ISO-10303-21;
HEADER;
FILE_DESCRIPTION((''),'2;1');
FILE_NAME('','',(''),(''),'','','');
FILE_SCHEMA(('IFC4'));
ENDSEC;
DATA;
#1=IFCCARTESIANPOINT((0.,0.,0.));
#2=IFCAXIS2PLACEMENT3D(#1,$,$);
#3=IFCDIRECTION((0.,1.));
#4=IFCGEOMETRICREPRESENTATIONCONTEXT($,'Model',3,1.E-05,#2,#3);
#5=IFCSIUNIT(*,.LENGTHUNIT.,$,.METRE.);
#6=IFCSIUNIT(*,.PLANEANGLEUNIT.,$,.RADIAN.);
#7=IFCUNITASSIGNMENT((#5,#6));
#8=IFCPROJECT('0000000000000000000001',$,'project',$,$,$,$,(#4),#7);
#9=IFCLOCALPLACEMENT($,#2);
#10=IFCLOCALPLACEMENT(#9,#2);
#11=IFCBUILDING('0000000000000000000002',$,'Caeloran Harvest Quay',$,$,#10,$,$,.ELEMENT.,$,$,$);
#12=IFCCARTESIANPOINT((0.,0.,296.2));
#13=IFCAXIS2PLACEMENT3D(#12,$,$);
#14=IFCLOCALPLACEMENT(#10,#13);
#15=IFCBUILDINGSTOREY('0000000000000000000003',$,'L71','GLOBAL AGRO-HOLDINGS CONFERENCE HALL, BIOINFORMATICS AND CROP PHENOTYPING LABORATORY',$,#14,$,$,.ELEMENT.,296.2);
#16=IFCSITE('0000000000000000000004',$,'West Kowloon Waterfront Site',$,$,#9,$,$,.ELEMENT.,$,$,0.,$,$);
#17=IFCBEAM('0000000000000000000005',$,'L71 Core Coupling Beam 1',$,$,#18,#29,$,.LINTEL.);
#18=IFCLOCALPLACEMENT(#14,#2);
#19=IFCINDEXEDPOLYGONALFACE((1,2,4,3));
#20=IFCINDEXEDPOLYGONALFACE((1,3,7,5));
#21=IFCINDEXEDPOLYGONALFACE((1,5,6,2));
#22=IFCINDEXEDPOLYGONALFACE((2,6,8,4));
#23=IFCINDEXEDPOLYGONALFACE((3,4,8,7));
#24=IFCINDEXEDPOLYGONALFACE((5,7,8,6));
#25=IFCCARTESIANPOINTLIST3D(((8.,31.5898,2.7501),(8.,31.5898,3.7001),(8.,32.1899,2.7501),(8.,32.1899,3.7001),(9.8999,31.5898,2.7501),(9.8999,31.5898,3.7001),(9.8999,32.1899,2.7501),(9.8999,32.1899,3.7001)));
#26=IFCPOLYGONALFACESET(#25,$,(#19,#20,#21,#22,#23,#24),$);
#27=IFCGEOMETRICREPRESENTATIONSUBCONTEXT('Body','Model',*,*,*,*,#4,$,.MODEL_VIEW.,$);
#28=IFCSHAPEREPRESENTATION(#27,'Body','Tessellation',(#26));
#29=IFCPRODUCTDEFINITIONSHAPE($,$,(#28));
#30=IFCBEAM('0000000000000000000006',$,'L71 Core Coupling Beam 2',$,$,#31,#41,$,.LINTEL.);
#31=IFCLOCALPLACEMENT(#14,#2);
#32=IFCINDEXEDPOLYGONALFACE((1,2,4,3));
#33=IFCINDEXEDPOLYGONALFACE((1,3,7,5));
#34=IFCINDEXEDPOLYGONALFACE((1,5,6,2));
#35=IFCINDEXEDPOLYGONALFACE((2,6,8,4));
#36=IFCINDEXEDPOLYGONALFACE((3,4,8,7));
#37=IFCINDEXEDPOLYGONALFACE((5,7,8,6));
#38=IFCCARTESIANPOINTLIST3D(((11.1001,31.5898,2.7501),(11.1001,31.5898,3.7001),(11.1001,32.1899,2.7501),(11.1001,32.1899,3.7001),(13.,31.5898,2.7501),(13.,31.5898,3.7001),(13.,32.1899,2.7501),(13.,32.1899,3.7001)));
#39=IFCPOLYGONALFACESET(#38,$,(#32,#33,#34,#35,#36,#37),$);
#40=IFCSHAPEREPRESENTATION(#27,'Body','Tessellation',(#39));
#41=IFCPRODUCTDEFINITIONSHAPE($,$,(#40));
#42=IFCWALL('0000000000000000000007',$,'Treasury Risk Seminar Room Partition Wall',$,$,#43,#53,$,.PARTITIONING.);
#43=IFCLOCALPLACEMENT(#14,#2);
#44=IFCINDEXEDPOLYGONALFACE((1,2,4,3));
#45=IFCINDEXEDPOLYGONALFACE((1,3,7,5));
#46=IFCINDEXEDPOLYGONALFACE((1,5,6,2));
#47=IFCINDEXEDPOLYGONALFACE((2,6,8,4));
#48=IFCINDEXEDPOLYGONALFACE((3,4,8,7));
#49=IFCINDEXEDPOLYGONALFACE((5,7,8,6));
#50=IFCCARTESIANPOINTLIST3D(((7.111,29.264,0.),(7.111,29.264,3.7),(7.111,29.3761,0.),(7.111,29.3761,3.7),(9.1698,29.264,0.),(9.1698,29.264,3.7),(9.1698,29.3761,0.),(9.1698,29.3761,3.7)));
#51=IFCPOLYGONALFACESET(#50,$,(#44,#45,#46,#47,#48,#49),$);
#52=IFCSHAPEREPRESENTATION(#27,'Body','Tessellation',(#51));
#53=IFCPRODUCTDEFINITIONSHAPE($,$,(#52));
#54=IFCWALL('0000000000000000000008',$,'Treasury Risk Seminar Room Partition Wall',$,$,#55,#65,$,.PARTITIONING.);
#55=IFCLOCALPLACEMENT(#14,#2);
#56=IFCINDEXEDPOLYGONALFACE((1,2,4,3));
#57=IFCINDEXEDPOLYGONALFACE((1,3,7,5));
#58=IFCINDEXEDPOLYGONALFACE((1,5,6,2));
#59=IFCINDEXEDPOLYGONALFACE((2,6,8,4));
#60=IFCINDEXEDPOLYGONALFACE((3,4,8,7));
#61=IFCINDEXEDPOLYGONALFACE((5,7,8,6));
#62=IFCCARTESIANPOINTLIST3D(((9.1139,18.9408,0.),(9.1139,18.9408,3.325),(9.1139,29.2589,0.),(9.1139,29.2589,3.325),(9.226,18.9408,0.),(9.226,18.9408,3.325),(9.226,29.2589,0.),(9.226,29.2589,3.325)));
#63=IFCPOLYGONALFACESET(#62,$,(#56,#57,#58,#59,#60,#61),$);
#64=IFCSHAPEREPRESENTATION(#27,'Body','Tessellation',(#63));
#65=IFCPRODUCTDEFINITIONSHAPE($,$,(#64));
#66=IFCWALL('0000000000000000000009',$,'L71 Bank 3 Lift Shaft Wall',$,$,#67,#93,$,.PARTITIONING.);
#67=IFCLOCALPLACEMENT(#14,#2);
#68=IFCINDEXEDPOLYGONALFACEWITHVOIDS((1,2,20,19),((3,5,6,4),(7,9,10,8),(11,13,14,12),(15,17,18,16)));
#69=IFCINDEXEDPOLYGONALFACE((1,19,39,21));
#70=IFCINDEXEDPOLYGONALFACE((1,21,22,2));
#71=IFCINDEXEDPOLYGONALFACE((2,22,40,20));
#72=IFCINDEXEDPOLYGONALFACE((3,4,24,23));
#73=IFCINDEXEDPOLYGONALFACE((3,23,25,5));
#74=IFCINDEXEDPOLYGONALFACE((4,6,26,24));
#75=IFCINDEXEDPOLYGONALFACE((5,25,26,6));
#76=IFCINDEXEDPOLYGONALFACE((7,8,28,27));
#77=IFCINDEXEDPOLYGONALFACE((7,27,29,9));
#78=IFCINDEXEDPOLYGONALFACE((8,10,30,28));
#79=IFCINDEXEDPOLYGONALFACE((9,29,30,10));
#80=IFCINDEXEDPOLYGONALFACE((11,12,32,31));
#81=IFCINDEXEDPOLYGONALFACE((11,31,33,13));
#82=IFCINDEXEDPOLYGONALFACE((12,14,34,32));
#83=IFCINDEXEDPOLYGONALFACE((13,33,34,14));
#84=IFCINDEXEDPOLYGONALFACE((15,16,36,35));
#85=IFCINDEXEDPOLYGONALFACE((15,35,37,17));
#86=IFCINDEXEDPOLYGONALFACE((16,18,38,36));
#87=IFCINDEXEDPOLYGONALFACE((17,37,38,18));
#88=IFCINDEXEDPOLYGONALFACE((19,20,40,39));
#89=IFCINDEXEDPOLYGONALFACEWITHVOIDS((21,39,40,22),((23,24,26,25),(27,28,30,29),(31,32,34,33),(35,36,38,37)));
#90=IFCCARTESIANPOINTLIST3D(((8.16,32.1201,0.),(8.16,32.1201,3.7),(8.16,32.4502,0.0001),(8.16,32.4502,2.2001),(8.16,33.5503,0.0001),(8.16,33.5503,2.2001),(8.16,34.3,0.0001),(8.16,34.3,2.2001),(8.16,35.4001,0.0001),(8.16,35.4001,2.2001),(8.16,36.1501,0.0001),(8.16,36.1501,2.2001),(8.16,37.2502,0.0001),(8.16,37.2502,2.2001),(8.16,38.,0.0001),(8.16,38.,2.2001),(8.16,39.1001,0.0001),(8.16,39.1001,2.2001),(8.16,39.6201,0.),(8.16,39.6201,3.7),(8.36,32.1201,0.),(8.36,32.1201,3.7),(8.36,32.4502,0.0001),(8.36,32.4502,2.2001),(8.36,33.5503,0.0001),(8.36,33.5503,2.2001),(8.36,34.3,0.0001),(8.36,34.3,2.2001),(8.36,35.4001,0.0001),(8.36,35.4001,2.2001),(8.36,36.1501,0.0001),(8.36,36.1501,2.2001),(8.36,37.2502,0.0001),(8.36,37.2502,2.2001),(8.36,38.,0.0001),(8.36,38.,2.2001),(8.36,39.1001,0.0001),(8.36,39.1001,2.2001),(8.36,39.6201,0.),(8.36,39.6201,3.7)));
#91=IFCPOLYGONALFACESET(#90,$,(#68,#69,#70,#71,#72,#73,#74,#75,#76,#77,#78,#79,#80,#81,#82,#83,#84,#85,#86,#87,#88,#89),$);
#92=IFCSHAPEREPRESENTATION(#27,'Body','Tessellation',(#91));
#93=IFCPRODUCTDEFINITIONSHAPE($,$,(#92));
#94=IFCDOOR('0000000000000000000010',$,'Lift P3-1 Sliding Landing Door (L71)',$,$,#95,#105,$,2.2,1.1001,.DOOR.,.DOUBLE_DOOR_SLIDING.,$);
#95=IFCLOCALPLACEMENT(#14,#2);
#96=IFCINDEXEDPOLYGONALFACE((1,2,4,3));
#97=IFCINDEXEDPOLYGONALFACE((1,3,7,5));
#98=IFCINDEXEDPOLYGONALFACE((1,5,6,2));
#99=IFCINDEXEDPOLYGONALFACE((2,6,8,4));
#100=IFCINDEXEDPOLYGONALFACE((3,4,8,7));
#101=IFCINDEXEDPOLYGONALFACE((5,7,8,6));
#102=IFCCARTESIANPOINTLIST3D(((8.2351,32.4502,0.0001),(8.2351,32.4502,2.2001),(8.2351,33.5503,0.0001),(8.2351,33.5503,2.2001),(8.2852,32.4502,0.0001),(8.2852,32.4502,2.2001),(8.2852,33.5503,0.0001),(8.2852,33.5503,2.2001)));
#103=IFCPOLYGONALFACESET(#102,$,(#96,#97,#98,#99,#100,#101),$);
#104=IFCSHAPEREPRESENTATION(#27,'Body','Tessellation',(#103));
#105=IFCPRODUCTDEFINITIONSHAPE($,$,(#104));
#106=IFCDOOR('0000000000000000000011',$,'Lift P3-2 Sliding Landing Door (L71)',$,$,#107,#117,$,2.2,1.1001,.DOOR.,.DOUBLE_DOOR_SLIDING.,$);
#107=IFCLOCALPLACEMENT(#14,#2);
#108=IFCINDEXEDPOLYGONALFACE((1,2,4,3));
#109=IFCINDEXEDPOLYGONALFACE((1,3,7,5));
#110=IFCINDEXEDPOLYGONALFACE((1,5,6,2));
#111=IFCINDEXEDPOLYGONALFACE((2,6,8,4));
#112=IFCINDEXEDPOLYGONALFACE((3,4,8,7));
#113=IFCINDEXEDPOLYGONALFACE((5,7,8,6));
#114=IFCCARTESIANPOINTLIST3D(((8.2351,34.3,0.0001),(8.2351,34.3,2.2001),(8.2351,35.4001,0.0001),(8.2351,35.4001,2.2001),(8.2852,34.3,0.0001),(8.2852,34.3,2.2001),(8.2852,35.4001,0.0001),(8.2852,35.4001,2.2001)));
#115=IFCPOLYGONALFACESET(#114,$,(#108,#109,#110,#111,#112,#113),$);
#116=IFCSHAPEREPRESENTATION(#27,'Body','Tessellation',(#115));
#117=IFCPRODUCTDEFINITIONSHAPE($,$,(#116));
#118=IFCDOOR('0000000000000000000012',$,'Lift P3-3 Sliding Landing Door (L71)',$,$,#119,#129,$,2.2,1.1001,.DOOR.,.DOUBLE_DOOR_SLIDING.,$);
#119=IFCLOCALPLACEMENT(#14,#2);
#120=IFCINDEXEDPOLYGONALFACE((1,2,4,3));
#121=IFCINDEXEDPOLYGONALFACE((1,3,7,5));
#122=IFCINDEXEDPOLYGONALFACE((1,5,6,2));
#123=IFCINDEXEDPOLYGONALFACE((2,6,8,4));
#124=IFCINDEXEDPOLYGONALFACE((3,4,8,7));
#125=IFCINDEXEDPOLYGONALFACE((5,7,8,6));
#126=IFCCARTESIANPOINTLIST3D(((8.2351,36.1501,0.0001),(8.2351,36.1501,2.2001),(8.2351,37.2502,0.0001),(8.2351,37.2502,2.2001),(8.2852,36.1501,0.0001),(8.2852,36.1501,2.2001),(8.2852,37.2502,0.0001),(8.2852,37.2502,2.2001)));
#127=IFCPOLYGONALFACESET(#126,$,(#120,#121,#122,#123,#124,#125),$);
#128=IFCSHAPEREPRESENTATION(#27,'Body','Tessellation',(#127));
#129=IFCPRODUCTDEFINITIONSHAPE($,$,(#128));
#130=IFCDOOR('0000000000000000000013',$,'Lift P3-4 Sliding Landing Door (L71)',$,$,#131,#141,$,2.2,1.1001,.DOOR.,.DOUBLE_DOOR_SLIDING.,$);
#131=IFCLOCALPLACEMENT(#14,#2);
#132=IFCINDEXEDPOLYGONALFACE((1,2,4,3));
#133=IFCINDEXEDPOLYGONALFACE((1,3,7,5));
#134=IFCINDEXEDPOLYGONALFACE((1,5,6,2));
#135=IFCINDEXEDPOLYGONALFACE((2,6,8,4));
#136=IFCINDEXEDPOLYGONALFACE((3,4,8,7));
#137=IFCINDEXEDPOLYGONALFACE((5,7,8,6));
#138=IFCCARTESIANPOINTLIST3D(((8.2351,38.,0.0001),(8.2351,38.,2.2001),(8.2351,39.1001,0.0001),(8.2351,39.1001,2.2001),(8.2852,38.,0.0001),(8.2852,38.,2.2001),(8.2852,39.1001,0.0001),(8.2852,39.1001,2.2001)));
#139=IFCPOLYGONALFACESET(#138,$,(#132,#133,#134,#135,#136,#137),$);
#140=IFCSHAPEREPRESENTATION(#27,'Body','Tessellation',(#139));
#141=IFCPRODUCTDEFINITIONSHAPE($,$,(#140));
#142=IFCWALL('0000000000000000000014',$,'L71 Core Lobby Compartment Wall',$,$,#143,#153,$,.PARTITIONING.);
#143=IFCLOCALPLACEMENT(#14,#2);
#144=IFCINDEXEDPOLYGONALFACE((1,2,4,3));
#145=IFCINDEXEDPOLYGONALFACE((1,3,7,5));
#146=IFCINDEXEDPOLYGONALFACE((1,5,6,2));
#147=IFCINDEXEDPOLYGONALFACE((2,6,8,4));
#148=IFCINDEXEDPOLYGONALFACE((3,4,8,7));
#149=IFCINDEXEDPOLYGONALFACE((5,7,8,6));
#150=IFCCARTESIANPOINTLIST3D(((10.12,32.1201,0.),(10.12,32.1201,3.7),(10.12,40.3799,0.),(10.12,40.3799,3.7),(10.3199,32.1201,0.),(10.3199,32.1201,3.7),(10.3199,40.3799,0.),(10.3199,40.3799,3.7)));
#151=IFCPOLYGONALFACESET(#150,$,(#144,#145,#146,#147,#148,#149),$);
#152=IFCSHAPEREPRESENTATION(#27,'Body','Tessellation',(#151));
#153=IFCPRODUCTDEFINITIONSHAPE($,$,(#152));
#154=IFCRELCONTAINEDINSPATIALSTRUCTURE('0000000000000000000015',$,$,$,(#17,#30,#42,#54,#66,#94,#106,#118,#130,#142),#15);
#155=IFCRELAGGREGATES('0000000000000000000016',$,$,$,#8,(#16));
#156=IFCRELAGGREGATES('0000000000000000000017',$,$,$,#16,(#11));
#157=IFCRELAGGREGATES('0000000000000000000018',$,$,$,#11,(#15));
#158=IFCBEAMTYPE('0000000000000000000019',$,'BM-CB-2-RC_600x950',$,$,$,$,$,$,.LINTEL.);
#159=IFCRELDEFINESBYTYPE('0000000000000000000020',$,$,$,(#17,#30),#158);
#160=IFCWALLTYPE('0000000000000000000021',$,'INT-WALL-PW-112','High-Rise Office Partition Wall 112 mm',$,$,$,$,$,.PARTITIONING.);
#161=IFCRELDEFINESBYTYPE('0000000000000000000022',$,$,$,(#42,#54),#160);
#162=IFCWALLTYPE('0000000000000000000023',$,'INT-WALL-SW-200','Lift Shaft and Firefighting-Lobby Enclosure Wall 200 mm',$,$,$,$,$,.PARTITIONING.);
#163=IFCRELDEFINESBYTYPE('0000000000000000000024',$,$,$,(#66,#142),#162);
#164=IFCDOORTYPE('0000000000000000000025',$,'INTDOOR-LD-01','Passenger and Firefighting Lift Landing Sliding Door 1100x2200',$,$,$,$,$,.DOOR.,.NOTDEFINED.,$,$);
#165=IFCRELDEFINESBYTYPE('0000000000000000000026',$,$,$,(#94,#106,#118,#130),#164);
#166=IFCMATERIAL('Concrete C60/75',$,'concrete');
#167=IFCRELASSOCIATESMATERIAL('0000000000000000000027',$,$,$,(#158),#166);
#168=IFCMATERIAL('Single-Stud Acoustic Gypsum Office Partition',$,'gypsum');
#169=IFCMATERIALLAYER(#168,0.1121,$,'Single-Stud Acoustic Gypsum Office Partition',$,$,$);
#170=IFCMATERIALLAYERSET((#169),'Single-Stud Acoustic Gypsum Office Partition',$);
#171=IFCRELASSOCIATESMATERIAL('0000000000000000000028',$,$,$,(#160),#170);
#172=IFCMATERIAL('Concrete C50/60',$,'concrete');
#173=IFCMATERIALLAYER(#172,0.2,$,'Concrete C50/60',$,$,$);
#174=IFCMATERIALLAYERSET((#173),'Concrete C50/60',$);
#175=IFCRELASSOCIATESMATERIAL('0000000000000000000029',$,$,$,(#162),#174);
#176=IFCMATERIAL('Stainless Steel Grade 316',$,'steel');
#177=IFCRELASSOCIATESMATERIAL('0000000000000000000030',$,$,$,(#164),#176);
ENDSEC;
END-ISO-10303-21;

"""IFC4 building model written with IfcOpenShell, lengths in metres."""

from ifc_helpers import new_model, si_unit, direction, frame, frame_2d, origin, origin_2d, place, context, subcontext, project, spatial, rectangle, extrude, material, layer, layer_set, material_profile, profile_set, type_object, element, fill, save


model = new_model("IFC4")

# Units and contexts
model_context = context("Model", 3, precision=1e-05, world=origin(), true_north=direction((0.0, 1.0)))
body_context = subcontext(model_context, "Body", "Model", "MODEL_VIEW")
ifc_project = project(units=[si_unit("LENGTHUNIT", "METRE"), si_unit("PLANEANGLEUNIT", "RADIAN")], contexts=[model_context])

# Site, building, storey
site_placement = place(None, origin())
site = spatial("IfcSite", under=ifc_project, at=site_placement, Name="West Kowloon Waterfront Site", CompositionType="ELEMENT", RefElevation=0.0)
building_placement = place(site_placement, origin())
building = spatial("IfcBuilding", under=site, at=building_placement, Name="Caeloran Harvest Quay", CompositionType="ELEMENT")
storey_placement = place(building_placement, frame((0.0, 0.0, 296.2)))
storey = spatial("IfcBuildingStorey", under=building, at=storey_placement, Name="L71", Description="GLOBAL AGRO-HOLDINGS CONFERENCE HALL, BIOINFORMATICS AND CROP PHENOTYPING LABORATORY", CompositionType="ELEMENT", Elevation=296.2)

# Beams
ifc_material_1 = material(Name="Concrete C60/75", Category="concrete")
ifc_material_profile = material_profile(ifc_material_1, rectangle(XDim=0.6001, YDim=0.95, at=origin_2d()), Name="RC 600x950")
ifc_profile_set = profile_set([ifc_material_profile], Name="Concrete C60/75")
beam_type = type_object("IfcBeamType", Name="BM-CB-2-RC_600x950", PredefinedType="LINTEL", material=ifc_profile_set)
for number, where, z_axis, x_axis, name in (
    (1, (8.0, 31.8899, 3.2251), (1.0, 0.0, 0.0), (0.0, 1.0, 0.0), "L71 Core Coupling Beam 1"),
    (2, (11.1001, 31.8899, 3.2251), (1.0, 0.0, 0.0), (0.0, 1.0, 0.0), "L71 Core Coupling Beam 2"),
):
    element("IfcBeam", number, at=place(storey_placement, frame(where, z_axis=z_axis, x_axis=x_axis)), inside=storey, type_object=beam_type, Name=name, PredefinedType="LINTEL", context=body_context, shape_type="SweptSolid", body=[
        extrude(rectangle(XDim=0.6001, YDim=0.95, at=origin_2d()), origin(), (0.0, 0.0, 1.0), 1.8999),
    ])

# Walls
ifc_material_2 = material(Name="Single-Stud Acoustic Gypsum Office Partition", Category="gypsum")
ifc_layer_1 = layer(ifc_material_2, 0.1121, Name="Single-Stud Acoustic Gypsum Office Partition")
ifc_layer_set_1 = layer_set([ifc_layer_1], Name="Single-Stud Acoustic Gypsum Office Partition")
wall_type_1 = type_object("IfcWallType", Name="INT-WALL-PW-112", Description="High-Rise Office Partition Wall 112 mm", PredefinedType="PARTITIONING", material=ifc_layer_set_1)
wall_1_placement = place(storey_placement, frame((7.1111, 29.3201, 0.0), z_axis=(0.0, 0.0, 1.0), x_axis=(1.0, 0.0, 0.0)))
element("IfcWall", 3, at=wall_1_placement, inside=storey, type_object=wall_type_1, Name="Treasury Risk Seminar Room Partition Wall", PredefinedType="PARTITIONING", context=body_context, shape_type="SweptSolid", body=[
    extrude(rectangle(XDim=2.0588, YDim=0.1121, at=frame_2d((1.0293, 0.0))), origin(), (0.0, 0.0, 1.0), 3.7),
])
wall_2_placement = place(storey_placement, frame((9.1699, 29.259, 0.0), z_axis=(0.0, 0.0, 1.0), x_axis=(0.0, -1.0, 0.0)))
element("IfcWall", 4, at=wall_2_placement, inside=storey, type_object=wall_type_1, Name="Treasury Risk Seminar Room Partition Wall", PredefinedType="PARTITIONING", context=body_context, shape_type="SweptSolid", body=[
    extrude(rectangle(XDim=10.3181, YDim=0.1121, at=frame_2d((5.1592, 0.0))), origin(), (0.0, 0.0, 1.0), 3.325),
])

# Wall, openings, doors
ifc_material_3 = material(Name="Concrete C50/60", Category="concrete")
ifc_layer_2 = layer(ifc_material_3, 0.2, Name="Concrete C50/60")
ifc_layer_set_2 = layer_set([ifc_layer_2], Name="Concrete C50/60")
wall_type_2 = type_object("IfcWallType", Name="INT-WALL-SW-200", Description="Lift Shaft and Firefighting-Lobby Enclosure Wall 200 mm", PredefinedType="PARTITIONING", material=ifc_layer_set_2)
wall_3_placement = place(storey_placement, frame((8.26, 32.1201, 0.0), z_axis=(0.0, 0.0, 1.0), x_axis=(0.0, 1.0, 0.0)))
wall_3 = element("IfcWall", 5, at=wall_3_placement, inside=storey, type_object=wall_type_2, Name="L71 Bank 3 Lift Shaft Wall", PredefinedType="PARTITIONING", context=body_context, shape_type="SweptSolid", body=[
    extrude(rectangle(XDim=7.5, YDim=0.2, at=frame_2d((3.75, 0.0))), origin(), (0.0, 0.0, 1.0), 3.7),
])
opening_1_placement = place(wall_3_placement, frame((0.3301, 0.0, 0.0)))
opening_1 = element("IfcOpeningElement", 6, at=opening_1_placement, cuts=wall_3, PredefinedType="OPENING", context=body_context, shape_type="SweptSolid", body=[
    extrude(rectangle(XDim=1.1001, YDim=2.2, at=frame_2d((0.55, 1.1001))), frame((0.0, 0.1099, 0.0), z_axis=(0.0, -1.0, 0.0), x_axis=(1.0, 0.0, 0.0)), (0.0, 0.0, 1.0), 0.22),
])
opening_2_placement = place(wall_3_placement, frame((2.1799, 0.0, 0.0)))
opening_2 = element("IfcOpeningElement", 7, at=opening_2_placement, cuts=wall_3, PredefinedType="OPENING", context=body_context, shape_type="SweptSolid", body=[
    extrude(rectangle(XDim=1.1001, YDim=2.2, at=frame_2d((0.55, 1.1001))), frame((0.0, 0.1099, 0.0), z_axis=(0.0, -1.0, 0.0), x_axis=(1.0, 0.0, 0.0)), (0.0, 0.0, 1.0), 0.22),
])
opening_3_placement = place(wall_3_placement, frame((4.03, 0.0, 0.0)))
opening_3 = element("IfcOpeningElement", 8, at=opening_3_placement, cuts=wall_3, PredefinedType="OPENING", context=body_context, shape_type="SweptSolid", body=[
    extrude(rectangle(XDim=1.1001, YDim=2.2, at=frame_2d((0.55, 1.1001))), frame((0.0, 0.1099, 0.0), z_axis=(0.0, -1.0, 0.0), x_axis=(1.0, 0.0, 0.0)), (0.0, 0.0, 1.0), 0.22),
])
opening_4_placement = place(wall_3_placement, frame((5.8799, 0.0, 0.0)))
opening_4 = element("IfcOpeningElement", 9, at=opening_4_placement, cuts=wall_3, PredefinedType="OPENING", context=body_context, shape_type="SweptSolid", body=[
    extrude(rectangle(XDim=1.1001, YDim=2.2, at=frame_2d((0.55, 1.1001))), frame((0.0, 0.1099, 0.0), z_axis=(0.0, -1.0, 0.0), x_axis=(1.0, 0.0, 0.0)), (0.0, 0.0, 1.0), 0.22),
])
ifc_material_4 = material(Name="Stainless Steel Grade 316", Category="steel")
door_type_1 = type_object("IfcDoorType", Name="INTDOOR-LD-01", Description="Passenger and Firefighting Lift Landing Sliding Door 1100x2200", OperationType="NOTDEFINED", PredefinedType="DOOR", material=ifc_material_4)
door_1_placement = place(opening_1_placement, origin())
door_1 = element("IfcDoor", 10, at=door_1_placement, inside=storey, type_object=door_type_1, Name="Lift P3-1 Sliding Landing Door (L71)", OperationType="DOUBLE_DOOR_SLIDING", OverallHeight=2.2, OverallWidth=1.1001, PredefinedType="DOOR", context=body_context, shape_type="SweptSolid", body=[
    extrude(rectangle(XDim=1.1001, YDim=2.2, at=frame_2d((0.55, 1.1001))), frame((0.0, 0.0249, 0.0), z_axis=(0.0, -1.0, 0.0), x_axis=(1.0, 0.0, 0.0)), (0.0, 0.0, 1.0), 0.05),
])
fill(opening_1, door_1)
door_2_placement = place(opening_2_placement, origin())
door_2 = element("IfcDoor", 11, at=door_2_placement, inside=storey, type_object=door_type_1, Name="Lift P3-2 Sliding Landing Door (L71)", OperationType="DOUBLE_DOOR_SLIDING", OverallHeight=2.2, OverallWidth=1.1001, PredefinedType="DOOR", context=body_context, shape_type="SweptSolid", body=[
    extrude(rectangle(XDim=1.1001, YDim=2.2, at=frame_2d((0.55, 1.1001))), frame((0.0, 0.0249, 0.0), z_axis=(0.0, -1.0, 0.0), x_axis=(1.0, 0.0, 0.0)), (0.0, 0.0, 1.0), 0.05),
])
fill(opening_2, door_2)
door_3_placement = place(opening_3_placement, origin())
door_3 = element("IfcDoor", 12, at=door_3_placement, inside=storey, type_object=door_type_1, Name="Lift P3-3 Sliding Landing Door (L71)", OperationType="DOUBLE_DOOR_SLIDING", OverallHeight=2.2, OverallWidth=1.1001, PredefinedType="DOOR", context=body_context, shape_type="SweptSolid", body=[
    extrude(rectangle(XDim=1.1001, YDim=2.2, at=frame_2d((0.55, 1.1001))), frame((0.0, 0.0249, 0.0), z_axis=(0.0, -1.0, 0.0), x_axis=(1.0, 0.0, 0.0)), (0.0, 0.0, 1.0), 0.05),
])
fill(opening_3, door_3)
door_4_placement = place(opening_4_placement, origin())
door_4 = element("IfcDoor", 13, at=door_4_placement, inside=storey, type_object=door_type_1, Name="Lift P3-4 Sliding Landing Door (L71)", OperationType="DOUBLE_DOOR_SLIDING", OverallHeight=2.2, OverallWidth=1.1001, PredefinedType="DOOR", context=body_context, shape_type="SweptSolid", body=[
    extrude(rectangle(XDim=1.1001, YDim=2.2, at=frame_2d((0.55, 1.1001))), frame((0.0, 0.0249, 0.0), z_axis=(0.0, -1.0, 0.0), x_axis=(1.0, 0.0, 0.0)), (0.0, 0.0, 1.0), 0.05),
])
fill(opening_4, door_4)

# Wall
wall_4_placement = place(storey_placement, frame((10.22, 32.1201, 0.0), z_axis=(0.0, 0.0, 1.0), x_axis=(0.0, 1.0, 0.0)))
element("IfcWall", 14, at=wall_4_placement, inside=storey, type_object=wall_type_2, Name="L71 Core Lobby Compartment Wall", PredefinedType="PARTITIONING", context=body_context, shape_type="SweptSolid", body=[
    extrude(rectangle(XDim=8.2598, YDim=0.2, at=frame_2d((4.1299, 0.0))), origin(), (0.0, 0.0, 1.0), 3.7),
])

save(model, "model.ifc")
